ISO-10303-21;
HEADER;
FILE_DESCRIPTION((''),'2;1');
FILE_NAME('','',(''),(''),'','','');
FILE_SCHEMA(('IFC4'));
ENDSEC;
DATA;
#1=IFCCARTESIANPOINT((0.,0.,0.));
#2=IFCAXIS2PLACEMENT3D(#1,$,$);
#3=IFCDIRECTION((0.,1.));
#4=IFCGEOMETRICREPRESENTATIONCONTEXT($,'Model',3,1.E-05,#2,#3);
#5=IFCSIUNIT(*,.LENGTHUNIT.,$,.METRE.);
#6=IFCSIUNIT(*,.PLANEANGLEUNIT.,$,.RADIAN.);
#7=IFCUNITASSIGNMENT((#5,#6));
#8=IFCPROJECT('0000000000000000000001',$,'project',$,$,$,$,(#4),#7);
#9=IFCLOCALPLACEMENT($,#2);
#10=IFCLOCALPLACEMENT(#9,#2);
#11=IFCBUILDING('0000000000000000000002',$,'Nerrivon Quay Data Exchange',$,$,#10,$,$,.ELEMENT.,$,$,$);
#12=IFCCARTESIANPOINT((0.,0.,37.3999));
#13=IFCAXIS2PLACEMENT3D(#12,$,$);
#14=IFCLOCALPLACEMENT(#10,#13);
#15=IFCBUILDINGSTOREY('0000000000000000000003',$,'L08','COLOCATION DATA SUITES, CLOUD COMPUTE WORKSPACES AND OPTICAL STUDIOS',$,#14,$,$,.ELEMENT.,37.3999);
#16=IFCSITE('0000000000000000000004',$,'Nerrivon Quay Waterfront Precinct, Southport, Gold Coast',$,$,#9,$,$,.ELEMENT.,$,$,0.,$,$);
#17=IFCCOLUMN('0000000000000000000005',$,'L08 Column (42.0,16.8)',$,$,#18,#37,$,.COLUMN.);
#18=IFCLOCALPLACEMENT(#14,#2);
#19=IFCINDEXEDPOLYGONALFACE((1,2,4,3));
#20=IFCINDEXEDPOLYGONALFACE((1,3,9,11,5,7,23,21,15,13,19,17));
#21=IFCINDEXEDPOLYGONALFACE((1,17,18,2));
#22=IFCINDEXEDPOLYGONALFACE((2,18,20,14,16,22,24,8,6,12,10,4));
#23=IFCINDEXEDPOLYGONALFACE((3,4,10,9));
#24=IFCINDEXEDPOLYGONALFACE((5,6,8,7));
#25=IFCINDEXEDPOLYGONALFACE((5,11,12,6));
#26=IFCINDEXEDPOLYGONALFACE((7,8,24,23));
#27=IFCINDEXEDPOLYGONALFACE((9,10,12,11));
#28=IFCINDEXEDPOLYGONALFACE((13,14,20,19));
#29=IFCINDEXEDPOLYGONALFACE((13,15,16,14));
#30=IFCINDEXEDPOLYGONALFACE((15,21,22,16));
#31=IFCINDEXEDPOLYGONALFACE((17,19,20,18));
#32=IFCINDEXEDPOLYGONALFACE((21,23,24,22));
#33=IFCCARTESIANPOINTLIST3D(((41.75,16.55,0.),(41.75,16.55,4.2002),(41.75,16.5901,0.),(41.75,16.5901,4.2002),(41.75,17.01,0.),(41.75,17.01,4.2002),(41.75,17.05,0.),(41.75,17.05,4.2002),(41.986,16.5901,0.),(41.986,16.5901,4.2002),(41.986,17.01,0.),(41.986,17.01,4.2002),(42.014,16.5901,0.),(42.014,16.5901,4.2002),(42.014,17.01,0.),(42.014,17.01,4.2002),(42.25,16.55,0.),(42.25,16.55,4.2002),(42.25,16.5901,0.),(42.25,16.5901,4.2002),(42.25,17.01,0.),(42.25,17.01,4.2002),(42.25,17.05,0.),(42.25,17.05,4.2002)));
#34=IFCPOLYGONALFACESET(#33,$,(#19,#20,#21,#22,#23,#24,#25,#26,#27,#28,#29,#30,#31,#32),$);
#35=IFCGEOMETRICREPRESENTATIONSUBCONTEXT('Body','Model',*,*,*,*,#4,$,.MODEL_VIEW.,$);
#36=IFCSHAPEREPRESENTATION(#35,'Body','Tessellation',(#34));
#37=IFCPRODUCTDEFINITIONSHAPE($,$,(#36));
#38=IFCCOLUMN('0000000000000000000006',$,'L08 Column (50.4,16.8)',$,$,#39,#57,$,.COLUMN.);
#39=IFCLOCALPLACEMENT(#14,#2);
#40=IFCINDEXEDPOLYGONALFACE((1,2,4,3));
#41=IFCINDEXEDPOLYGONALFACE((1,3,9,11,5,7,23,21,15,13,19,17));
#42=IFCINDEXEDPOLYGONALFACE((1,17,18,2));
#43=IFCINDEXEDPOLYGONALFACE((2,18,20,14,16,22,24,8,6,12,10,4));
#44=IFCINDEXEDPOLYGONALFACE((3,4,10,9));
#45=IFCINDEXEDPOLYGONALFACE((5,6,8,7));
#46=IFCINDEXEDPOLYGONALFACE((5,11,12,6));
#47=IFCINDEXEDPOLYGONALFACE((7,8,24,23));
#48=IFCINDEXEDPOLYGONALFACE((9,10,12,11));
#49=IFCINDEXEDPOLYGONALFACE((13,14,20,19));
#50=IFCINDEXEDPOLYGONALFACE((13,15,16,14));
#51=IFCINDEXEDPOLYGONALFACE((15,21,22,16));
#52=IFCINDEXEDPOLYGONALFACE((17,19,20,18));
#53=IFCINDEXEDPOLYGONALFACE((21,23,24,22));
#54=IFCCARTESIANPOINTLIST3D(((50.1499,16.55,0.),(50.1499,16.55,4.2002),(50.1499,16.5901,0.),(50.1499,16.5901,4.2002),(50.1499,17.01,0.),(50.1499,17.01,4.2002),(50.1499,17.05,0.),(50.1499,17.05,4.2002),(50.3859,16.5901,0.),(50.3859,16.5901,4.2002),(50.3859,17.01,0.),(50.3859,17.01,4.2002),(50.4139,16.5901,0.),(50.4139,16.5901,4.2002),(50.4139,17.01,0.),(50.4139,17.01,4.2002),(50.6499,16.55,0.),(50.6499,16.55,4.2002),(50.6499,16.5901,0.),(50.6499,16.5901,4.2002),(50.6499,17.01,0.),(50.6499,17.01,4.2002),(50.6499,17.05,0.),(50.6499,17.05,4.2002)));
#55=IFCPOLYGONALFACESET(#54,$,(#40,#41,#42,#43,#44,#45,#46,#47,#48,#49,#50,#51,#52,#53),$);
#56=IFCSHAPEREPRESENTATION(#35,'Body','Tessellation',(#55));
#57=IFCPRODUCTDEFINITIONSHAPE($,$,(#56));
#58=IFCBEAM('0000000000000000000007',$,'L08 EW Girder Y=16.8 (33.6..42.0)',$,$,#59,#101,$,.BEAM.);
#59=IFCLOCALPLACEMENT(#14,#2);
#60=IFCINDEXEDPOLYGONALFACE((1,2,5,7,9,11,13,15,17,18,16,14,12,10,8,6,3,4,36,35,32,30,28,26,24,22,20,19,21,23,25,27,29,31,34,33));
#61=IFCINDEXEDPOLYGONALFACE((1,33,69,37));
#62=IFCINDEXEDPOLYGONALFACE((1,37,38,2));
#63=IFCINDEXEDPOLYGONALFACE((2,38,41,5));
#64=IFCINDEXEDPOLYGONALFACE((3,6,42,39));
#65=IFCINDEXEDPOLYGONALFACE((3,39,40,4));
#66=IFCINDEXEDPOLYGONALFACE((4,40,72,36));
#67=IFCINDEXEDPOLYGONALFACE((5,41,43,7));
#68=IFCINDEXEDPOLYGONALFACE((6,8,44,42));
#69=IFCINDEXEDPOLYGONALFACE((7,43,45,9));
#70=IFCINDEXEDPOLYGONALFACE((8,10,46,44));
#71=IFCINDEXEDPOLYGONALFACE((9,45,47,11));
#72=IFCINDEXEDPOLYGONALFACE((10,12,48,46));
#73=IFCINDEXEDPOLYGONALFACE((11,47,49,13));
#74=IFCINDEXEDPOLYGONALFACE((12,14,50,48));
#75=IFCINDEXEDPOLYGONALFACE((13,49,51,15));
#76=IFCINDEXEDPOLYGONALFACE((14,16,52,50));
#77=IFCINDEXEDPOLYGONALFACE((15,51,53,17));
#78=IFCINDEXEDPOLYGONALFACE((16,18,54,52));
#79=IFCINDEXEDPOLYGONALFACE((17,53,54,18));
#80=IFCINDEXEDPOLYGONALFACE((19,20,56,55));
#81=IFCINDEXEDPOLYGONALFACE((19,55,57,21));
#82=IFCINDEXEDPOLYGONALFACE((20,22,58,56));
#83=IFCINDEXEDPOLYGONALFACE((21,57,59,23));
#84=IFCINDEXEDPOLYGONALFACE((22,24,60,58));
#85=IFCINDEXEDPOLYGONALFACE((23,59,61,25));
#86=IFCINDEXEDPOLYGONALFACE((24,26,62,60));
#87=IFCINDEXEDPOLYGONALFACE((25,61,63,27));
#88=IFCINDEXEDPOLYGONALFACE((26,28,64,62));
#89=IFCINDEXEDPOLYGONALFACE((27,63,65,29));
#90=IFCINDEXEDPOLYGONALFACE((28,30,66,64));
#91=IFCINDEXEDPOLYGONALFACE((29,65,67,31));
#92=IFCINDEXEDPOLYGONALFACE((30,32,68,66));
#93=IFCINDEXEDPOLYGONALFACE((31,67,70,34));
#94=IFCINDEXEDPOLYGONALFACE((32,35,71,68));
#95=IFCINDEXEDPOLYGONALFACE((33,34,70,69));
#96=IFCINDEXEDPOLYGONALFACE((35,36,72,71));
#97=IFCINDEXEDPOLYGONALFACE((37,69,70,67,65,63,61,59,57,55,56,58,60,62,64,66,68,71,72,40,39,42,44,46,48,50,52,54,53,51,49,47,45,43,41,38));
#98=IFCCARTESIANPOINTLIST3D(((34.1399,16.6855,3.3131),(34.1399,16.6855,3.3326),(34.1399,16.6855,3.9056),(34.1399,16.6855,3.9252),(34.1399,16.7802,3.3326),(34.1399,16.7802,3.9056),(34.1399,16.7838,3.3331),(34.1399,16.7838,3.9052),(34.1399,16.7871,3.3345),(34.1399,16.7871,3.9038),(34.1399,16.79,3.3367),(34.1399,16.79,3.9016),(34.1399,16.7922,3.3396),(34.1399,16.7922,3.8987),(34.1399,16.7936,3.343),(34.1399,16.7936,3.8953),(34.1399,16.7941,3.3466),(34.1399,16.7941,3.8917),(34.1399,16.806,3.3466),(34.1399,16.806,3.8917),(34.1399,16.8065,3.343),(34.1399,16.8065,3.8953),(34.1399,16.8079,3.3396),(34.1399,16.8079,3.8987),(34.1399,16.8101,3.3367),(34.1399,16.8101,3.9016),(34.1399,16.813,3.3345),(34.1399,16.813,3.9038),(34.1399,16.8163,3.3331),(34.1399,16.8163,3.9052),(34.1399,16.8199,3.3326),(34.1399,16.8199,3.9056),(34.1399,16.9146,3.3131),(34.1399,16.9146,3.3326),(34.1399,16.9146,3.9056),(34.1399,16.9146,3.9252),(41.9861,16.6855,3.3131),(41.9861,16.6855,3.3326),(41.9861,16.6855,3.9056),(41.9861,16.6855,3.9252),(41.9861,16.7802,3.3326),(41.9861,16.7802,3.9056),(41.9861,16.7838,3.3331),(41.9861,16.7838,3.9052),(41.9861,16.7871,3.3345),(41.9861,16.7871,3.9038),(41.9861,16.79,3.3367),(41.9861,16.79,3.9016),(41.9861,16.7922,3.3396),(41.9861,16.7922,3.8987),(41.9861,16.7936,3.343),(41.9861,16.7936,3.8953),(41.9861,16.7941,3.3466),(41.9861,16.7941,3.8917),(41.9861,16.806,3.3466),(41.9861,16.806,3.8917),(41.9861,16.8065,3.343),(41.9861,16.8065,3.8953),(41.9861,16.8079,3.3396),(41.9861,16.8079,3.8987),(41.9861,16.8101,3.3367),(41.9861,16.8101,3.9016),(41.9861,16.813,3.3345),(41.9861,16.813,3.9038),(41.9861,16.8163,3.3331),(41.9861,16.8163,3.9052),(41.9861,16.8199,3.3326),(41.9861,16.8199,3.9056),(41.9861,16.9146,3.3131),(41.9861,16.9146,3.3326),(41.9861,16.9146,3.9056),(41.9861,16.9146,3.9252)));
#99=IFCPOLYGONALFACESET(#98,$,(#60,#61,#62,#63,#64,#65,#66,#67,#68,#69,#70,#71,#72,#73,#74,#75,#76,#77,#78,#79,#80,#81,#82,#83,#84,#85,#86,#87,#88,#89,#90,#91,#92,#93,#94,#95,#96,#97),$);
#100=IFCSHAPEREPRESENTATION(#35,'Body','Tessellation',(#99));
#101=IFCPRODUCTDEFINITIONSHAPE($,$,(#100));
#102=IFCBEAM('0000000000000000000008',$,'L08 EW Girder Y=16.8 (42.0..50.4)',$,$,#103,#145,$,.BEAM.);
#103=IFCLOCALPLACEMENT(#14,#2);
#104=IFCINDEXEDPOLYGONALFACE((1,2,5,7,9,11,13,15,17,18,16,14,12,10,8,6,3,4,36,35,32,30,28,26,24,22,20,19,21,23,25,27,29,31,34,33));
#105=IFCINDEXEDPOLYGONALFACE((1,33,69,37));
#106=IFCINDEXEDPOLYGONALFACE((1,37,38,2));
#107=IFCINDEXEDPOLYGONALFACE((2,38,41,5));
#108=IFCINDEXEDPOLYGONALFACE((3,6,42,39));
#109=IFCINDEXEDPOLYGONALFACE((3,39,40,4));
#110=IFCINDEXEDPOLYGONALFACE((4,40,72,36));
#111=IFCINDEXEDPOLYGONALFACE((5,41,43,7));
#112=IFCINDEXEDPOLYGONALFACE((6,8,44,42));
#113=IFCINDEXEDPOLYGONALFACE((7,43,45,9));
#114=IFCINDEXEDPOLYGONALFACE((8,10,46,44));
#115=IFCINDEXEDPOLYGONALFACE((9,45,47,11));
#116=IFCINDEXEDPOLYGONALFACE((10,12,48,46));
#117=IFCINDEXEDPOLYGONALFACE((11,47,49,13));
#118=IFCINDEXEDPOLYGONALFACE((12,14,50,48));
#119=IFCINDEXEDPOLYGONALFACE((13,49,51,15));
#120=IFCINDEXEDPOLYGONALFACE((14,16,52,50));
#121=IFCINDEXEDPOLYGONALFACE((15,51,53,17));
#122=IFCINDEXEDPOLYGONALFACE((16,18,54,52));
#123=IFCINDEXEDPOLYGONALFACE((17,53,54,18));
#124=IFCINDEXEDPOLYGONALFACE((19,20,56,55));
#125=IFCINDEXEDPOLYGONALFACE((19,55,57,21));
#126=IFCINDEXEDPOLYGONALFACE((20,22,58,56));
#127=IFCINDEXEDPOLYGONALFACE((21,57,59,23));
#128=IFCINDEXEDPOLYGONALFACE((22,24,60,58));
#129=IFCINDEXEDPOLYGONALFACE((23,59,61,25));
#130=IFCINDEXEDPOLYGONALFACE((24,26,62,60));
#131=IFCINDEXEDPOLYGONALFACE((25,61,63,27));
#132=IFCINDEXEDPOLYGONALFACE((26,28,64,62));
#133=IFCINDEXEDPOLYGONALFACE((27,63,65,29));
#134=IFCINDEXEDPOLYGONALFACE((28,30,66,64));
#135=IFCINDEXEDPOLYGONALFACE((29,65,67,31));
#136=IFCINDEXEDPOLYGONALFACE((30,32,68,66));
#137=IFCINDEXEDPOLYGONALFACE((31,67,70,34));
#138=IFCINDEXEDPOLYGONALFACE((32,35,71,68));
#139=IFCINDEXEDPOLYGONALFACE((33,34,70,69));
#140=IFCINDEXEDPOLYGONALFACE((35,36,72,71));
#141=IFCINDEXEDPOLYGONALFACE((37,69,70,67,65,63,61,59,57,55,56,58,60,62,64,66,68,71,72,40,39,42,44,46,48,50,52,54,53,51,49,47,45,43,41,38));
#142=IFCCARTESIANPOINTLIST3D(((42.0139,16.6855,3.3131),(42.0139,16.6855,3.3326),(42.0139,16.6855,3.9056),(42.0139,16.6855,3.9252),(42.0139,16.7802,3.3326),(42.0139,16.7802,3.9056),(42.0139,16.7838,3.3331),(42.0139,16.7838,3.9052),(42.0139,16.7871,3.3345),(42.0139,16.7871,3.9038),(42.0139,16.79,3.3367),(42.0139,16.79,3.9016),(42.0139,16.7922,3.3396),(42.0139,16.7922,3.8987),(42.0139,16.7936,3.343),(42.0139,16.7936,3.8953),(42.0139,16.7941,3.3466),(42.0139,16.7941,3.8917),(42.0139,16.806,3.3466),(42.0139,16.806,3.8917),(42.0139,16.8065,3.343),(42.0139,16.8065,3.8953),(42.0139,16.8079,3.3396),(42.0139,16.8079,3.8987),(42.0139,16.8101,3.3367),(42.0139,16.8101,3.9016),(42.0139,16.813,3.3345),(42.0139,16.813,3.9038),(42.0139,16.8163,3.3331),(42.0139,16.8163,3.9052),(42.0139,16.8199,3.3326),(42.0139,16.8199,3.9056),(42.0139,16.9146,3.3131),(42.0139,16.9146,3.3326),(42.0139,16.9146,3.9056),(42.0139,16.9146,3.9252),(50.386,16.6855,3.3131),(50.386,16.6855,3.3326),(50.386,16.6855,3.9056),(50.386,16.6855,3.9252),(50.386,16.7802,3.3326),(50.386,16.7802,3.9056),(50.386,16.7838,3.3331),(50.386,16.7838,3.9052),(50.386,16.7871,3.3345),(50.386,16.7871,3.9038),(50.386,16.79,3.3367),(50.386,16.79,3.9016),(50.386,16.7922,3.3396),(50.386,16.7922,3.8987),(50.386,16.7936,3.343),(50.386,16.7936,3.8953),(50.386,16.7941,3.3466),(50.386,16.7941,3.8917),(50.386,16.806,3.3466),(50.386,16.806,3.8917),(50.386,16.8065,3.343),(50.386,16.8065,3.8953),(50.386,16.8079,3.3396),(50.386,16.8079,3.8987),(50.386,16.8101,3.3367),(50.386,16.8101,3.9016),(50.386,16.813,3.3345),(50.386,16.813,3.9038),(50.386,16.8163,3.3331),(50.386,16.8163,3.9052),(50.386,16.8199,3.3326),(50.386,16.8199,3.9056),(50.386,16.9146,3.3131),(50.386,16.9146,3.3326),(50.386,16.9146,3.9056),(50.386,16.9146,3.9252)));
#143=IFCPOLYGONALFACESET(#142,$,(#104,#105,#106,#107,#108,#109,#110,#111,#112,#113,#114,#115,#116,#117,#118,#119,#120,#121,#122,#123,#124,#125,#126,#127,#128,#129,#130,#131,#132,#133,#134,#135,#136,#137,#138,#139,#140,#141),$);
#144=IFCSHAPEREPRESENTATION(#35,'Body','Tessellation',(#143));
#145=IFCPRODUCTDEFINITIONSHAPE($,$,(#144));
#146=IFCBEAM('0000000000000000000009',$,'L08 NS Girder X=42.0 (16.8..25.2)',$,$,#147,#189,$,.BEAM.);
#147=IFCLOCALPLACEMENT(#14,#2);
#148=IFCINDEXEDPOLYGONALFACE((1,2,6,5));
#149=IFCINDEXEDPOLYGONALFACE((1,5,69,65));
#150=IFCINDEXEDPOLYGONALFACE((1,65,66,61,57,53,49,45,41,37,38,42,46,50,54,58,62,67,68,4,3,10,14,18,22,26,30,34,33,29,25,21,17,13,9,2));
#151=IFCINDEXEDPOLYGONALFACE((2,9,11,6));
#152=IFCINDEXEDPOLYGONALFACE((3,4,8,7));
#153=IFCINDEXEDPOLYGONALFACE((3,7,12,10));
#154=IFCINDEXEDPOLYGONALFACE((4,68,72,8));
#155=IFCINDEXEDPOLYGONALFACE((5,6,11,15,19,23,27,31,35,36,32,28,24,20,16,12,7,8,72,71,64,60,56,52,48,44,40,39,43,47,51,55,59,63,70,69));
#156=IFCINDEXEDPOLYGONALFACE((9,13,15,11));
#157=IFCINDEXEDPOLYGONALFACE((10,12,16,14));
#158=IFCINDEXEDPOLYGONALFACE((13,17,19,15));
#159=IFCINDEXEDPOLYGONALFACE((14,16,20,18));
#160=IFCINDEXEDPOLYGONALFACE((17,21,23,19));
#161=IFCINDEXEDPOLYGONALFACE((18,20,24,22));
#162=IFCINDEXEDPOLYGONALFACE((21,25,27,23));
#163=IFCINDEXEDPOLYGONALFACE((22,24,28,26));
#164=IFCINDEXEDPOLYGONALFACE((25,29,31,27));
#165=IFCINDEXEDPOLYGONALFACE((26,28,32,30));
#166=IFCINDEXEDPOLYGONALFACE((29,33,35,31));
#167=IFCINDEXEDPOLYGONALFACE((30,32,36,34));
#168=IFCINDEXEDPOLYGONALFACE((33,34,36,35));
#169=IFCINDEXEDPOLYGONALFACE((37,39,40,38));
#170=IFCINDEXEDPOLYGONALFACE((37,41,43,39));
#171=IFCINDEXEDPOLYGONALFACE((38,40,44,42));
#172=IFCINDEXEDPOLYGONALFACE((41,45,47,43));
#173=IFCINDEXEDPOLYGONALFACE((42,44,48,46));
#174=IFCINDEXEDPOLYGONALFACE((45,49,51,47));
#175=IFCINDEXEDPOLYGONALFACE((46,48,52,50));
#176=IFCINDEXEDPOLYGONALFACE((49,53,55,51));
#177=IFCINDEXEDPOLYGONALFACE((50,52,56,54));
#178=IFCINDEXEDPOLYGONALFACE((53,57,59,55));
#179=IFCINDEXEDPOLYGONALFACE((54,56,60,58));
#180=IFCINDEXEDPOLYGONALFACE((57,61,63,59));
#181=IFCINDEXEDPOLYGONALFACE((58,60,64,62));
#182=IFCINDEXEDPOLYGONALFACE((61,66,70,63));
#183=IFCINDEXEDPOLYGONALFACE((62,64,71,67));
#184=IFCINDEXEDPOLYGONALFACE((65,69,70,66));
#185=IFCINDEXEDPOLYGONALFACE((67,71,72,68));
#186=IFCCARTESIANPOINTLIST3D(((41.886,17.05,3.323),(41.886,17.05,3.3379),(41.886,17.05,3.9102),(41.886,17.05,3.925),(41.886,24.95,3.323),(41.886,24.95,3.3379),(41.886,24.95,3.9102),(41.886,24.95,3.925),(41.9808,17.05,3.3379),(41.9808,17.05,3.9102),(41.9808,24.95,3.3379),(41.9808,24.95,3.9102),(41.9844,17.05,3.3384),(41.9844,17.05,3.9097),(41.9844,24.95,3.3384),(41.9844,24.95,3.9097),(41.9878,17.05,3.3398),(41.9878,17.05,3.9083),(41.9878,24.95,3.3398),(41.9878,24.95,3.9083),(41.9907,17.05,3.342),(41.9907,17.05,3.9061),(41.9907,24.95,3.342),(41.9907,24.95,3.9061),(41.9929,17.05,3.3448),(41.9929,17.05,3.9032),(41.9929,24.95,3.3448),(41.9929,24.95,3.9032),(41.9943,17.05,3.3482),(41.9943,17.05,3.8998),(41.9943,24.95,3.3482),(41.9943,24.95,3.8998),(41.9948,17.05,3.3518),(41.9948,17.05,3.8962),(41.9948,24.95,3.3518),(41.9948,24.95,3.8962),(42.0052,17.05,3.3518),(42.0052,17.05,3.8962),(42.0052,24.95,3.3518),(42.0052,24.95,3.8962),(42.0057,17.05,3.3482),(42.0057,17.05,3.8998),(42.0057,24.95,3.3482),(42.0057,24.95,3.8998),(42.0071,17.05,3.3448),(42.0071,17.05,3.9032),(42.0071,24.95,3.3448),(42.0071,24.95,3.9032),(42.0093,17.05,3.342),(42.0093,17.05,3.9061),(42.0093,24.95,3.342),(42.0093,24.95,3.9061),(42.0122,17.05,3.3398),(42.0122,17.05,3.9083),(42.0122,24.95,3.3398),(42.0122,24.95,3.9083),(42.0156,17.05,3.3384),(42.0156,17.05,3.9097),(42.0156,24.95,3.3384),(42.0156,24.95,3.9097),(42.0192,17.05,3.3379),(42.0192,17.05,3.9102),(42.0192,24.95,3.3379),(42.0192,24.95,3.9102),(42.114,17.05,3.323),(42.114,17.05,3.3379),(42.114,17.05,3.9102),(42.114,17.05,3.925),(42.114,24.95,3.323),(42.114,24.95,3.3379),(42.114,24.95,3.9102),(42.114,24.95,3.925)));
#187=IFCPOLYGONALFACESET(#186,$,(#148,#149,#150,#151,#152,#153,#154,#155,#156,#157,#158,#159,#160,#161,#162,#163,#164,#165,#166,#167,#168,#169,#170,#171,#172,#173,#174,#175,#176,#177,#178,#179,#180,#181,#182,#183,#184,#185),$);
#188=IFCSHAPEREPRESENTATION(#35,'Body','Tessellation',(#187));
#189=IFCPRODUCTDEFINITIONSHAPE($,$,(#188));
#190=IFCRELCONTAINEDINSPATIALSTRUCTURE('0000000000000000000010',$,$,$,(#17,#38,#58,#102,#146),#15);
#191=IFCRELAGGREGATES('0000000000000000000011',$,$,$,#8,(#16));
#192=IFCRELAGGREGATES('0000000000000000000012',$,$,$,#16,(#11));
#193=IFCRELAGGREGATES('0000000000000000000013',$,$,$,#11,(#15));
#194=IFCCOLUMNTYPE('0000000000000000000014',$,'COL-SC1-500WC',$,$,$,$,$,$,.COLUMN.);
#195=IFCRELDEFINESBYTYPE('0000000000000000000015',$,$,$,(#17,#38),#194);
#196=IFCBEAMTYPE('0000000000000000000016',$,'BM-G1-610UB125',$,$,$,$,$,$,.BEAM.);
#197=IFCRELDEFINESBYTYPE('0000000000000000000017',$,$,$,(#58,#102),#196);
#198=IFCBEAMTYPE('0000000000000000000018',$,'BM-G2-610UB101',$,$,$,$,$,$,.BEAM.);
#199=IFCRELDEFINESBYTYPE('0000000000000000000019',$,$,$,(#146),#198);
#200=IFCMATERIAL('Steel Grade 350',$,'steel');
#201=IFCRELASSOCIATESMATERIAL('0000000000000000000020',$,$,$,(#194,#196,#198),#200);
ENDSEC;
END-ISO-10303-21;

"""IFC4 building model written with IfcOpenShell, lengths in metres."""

from ifc_helpers import new_model, si_unit, direction, frame, origin, origin_2d, place, context, subcontext, project, spatial, i_section, extrude, material, material_profile, profile_set, type_object, element, save


model = new_model("IFC4")

# Units and contexts
model_context = context("Model", 3, precision=1e-05, world=origin(), true_north=direction((0.0, 1.0)))
body_context = subcontext(model_context, "Body", "Model", "MODEL_VIEW")
ifc_project = project(units=[si_unit("LENGTHUNIT", "METRE"), si_unit("PLANEANGLEUNIT", "RADIAN")], contexts=[model_context])

# Site, building, storey
site_placement = place(None, origin())
site = spatial("IfcSite", under=ifc_project, at=site_placement, Name="Nerrivon Quay Waterfront Precinct, Southport, Gold Coast", CompositionType="ELEMENT", RefElevation=0.0)
building_placement = place(site_placement, origin())
building = spatial("IfcBuilding", under=site, at=building_placement, Name="Nerrivon Quay Data Exchange", CompositionType="ELEMENT")
storey_placement = place(building_placement, frame((0.0, 0.0, 37.3999)))
storey = spatial("IfcBuildingStorey", under=building, at=storey_placement, Name="L08", Description="COLOCATION DATA SUITES, CLOUD COMPUTE WORKSPACES AND OPTICAL STUDIOS", CompositionType="ELEMENT", Elevation=37.3999)

# Columns
ifc_material_1 = material(Name="Steel Grade 350", Category="steel")
ifc_material_profile_1 = material_profile(ifc_material_1, i_section(OverallWidth=0.5, OverallDepth=0.5, WebThickness=0.0281, FlangeThickness=0.04, at=origin_2d()), Name="500WC440")
ifc_profile_set_1 = profile_set([ifc_material_profile_1], Name="Steel Grade 350")
column_type = type_object("IfcColumnType", Name="COL-SC1-500WC", PredefinedType="COLUMN", material=ifc_profile_set_1)
for number, where, z_axis, x_axis, name in (
    (1, (42.0, 16.8, 0.0), (0.0, 0.0, 1.0), (1.0, 0.0, 0.0), "L08 Column (42.0,16.8)"),
    (2, (50.3999, 16.8, 0.0), (0.0, 0.0, 1.0), (1.0, 0.0, 0.0), "L08 Column (50.4,16.8)"),
):
    element("IfcColumn", number, at=place(storey_placement, frame(where, z_axis=z_axis, x_axis=x_axis)), inside=storey, type_object=column_type, Name=name, PredefinedType="COLUMN", context=body_context, shape_type="SweptSolid", body=[
        extrude(i_section(OverallWidth=0.5, OverallDepth=0.5, WebThickness=0.0281, FlangeThickness=0.04, at=origin_2d()), origin(), (0.0, 0.0, 1.0), 4.2002),
    ])

# Beams
ifc_material_profile_2 = material_profile(ifc_material_1, i_section(OverallWidth=0.229, OverallDepth=0.6121, WebThickness=0.012, FlangeThickness=0.0195, FilletRadius=0.0139, at=origin_2d()), Name="610UB125")
ifc_profile_set_2 = profile_set([ifc_material_profile_2], Name="Steel Grade 350")
beam_type_1 = type_object("IfcBeamType", Name="BM-G1-610UB125", PredefinedType="BEAM", material=ifc_profile_set_2)
beam_1_placement = place(storey_placement, frame((34.1399, 16.8, 3.6191), z_axis=(1.0, 0.0, 0.0), x_axis=(0.0, 1.0, 0.0)))
element("IfcBeam", 3, at=beam_1_placement, inside=storey, type_object=beam_type_1, Name="L08 EW Girder Y=16.8 (33.6..42.0)", PredefinedType="BEAM", context=body_context, shape_type="SweptSolid", body=[
    extrude(i_section(OverallWidth=0.229, OverallDepth=0.6121, WebThickness=0.012, FlangeThickness=0.0195, FilletRadius=0.0139, at=origin_2d()), origin(), (0.0, 0.0, 1.0), 7.8462),
])
beam_2_placement = place(storey_placement, frame((42.0139, 16.8, 3.6191), z_axis=(1.0, 0.0, 0.0), x_axis=(0.0, 1.0, 0.0)))
element("IfcBeam", 4, at=beam_2_placement, inside=storey, type_object=beam_type_1, Name="L08 EW Girder Y=16.8 (42.0..50.4)", PredefinedType="BEAM", context=body_context, shape_type="SweptSolid", body=[
    extrude(i_section(OverallWidth=0.229, OverallDepth=0.6121, WebThickness=0.012, FlangeThickness=0.0195, FilletRadius=0.0139, at=origin_2d()), origin(), (0.0, 0.0, 1.0), 8.3721),
])
ifc_material_profile_3 = material_profile(ifc_material_1, i_section(OverallWidth=0.228, OverallDepth=0.6021, WebThickness=0.0105, FlangeThickness=0.0149, FilletRadius=0.0139, at=origin_2d()), Name="610UB101")
ifc_profile_set_3 = profile_set([ifc_material_profile_3], Name="Steel Grade 350")
beam_type_2 = type_object("IfcBeamType", Name="BM-G2-610UB101", PredefinedType="BEAM", material=ifc_profile_set_3)
beam_3_placement = place(storey_placement, frame((42.0, 17.05, 3.624), z_axis=(0.0, 1.0, 0.0), x_axis=(-1.0, 0.0, 0.0)))
element("IfcBeam", 5, at=beam_3_placement, inside=storey, type_object=beam_type_2, Name="L08 NS Girder X=42.0 (16.8..25.2)", PredefinedType="BEAM", context=body_context, shape_type="SweptSolid", body=[
    extrude(i_section(OverallWidth=0.228, OverallDepth=0.6021, WebThickness=0.0105, FlangeThickness=0.0149, FilletRadius=0.0139, at=origin_2d()), origin(), (0.0, 0.0, 1.0), 7.8999),
])

save(model, "model.ifc")
